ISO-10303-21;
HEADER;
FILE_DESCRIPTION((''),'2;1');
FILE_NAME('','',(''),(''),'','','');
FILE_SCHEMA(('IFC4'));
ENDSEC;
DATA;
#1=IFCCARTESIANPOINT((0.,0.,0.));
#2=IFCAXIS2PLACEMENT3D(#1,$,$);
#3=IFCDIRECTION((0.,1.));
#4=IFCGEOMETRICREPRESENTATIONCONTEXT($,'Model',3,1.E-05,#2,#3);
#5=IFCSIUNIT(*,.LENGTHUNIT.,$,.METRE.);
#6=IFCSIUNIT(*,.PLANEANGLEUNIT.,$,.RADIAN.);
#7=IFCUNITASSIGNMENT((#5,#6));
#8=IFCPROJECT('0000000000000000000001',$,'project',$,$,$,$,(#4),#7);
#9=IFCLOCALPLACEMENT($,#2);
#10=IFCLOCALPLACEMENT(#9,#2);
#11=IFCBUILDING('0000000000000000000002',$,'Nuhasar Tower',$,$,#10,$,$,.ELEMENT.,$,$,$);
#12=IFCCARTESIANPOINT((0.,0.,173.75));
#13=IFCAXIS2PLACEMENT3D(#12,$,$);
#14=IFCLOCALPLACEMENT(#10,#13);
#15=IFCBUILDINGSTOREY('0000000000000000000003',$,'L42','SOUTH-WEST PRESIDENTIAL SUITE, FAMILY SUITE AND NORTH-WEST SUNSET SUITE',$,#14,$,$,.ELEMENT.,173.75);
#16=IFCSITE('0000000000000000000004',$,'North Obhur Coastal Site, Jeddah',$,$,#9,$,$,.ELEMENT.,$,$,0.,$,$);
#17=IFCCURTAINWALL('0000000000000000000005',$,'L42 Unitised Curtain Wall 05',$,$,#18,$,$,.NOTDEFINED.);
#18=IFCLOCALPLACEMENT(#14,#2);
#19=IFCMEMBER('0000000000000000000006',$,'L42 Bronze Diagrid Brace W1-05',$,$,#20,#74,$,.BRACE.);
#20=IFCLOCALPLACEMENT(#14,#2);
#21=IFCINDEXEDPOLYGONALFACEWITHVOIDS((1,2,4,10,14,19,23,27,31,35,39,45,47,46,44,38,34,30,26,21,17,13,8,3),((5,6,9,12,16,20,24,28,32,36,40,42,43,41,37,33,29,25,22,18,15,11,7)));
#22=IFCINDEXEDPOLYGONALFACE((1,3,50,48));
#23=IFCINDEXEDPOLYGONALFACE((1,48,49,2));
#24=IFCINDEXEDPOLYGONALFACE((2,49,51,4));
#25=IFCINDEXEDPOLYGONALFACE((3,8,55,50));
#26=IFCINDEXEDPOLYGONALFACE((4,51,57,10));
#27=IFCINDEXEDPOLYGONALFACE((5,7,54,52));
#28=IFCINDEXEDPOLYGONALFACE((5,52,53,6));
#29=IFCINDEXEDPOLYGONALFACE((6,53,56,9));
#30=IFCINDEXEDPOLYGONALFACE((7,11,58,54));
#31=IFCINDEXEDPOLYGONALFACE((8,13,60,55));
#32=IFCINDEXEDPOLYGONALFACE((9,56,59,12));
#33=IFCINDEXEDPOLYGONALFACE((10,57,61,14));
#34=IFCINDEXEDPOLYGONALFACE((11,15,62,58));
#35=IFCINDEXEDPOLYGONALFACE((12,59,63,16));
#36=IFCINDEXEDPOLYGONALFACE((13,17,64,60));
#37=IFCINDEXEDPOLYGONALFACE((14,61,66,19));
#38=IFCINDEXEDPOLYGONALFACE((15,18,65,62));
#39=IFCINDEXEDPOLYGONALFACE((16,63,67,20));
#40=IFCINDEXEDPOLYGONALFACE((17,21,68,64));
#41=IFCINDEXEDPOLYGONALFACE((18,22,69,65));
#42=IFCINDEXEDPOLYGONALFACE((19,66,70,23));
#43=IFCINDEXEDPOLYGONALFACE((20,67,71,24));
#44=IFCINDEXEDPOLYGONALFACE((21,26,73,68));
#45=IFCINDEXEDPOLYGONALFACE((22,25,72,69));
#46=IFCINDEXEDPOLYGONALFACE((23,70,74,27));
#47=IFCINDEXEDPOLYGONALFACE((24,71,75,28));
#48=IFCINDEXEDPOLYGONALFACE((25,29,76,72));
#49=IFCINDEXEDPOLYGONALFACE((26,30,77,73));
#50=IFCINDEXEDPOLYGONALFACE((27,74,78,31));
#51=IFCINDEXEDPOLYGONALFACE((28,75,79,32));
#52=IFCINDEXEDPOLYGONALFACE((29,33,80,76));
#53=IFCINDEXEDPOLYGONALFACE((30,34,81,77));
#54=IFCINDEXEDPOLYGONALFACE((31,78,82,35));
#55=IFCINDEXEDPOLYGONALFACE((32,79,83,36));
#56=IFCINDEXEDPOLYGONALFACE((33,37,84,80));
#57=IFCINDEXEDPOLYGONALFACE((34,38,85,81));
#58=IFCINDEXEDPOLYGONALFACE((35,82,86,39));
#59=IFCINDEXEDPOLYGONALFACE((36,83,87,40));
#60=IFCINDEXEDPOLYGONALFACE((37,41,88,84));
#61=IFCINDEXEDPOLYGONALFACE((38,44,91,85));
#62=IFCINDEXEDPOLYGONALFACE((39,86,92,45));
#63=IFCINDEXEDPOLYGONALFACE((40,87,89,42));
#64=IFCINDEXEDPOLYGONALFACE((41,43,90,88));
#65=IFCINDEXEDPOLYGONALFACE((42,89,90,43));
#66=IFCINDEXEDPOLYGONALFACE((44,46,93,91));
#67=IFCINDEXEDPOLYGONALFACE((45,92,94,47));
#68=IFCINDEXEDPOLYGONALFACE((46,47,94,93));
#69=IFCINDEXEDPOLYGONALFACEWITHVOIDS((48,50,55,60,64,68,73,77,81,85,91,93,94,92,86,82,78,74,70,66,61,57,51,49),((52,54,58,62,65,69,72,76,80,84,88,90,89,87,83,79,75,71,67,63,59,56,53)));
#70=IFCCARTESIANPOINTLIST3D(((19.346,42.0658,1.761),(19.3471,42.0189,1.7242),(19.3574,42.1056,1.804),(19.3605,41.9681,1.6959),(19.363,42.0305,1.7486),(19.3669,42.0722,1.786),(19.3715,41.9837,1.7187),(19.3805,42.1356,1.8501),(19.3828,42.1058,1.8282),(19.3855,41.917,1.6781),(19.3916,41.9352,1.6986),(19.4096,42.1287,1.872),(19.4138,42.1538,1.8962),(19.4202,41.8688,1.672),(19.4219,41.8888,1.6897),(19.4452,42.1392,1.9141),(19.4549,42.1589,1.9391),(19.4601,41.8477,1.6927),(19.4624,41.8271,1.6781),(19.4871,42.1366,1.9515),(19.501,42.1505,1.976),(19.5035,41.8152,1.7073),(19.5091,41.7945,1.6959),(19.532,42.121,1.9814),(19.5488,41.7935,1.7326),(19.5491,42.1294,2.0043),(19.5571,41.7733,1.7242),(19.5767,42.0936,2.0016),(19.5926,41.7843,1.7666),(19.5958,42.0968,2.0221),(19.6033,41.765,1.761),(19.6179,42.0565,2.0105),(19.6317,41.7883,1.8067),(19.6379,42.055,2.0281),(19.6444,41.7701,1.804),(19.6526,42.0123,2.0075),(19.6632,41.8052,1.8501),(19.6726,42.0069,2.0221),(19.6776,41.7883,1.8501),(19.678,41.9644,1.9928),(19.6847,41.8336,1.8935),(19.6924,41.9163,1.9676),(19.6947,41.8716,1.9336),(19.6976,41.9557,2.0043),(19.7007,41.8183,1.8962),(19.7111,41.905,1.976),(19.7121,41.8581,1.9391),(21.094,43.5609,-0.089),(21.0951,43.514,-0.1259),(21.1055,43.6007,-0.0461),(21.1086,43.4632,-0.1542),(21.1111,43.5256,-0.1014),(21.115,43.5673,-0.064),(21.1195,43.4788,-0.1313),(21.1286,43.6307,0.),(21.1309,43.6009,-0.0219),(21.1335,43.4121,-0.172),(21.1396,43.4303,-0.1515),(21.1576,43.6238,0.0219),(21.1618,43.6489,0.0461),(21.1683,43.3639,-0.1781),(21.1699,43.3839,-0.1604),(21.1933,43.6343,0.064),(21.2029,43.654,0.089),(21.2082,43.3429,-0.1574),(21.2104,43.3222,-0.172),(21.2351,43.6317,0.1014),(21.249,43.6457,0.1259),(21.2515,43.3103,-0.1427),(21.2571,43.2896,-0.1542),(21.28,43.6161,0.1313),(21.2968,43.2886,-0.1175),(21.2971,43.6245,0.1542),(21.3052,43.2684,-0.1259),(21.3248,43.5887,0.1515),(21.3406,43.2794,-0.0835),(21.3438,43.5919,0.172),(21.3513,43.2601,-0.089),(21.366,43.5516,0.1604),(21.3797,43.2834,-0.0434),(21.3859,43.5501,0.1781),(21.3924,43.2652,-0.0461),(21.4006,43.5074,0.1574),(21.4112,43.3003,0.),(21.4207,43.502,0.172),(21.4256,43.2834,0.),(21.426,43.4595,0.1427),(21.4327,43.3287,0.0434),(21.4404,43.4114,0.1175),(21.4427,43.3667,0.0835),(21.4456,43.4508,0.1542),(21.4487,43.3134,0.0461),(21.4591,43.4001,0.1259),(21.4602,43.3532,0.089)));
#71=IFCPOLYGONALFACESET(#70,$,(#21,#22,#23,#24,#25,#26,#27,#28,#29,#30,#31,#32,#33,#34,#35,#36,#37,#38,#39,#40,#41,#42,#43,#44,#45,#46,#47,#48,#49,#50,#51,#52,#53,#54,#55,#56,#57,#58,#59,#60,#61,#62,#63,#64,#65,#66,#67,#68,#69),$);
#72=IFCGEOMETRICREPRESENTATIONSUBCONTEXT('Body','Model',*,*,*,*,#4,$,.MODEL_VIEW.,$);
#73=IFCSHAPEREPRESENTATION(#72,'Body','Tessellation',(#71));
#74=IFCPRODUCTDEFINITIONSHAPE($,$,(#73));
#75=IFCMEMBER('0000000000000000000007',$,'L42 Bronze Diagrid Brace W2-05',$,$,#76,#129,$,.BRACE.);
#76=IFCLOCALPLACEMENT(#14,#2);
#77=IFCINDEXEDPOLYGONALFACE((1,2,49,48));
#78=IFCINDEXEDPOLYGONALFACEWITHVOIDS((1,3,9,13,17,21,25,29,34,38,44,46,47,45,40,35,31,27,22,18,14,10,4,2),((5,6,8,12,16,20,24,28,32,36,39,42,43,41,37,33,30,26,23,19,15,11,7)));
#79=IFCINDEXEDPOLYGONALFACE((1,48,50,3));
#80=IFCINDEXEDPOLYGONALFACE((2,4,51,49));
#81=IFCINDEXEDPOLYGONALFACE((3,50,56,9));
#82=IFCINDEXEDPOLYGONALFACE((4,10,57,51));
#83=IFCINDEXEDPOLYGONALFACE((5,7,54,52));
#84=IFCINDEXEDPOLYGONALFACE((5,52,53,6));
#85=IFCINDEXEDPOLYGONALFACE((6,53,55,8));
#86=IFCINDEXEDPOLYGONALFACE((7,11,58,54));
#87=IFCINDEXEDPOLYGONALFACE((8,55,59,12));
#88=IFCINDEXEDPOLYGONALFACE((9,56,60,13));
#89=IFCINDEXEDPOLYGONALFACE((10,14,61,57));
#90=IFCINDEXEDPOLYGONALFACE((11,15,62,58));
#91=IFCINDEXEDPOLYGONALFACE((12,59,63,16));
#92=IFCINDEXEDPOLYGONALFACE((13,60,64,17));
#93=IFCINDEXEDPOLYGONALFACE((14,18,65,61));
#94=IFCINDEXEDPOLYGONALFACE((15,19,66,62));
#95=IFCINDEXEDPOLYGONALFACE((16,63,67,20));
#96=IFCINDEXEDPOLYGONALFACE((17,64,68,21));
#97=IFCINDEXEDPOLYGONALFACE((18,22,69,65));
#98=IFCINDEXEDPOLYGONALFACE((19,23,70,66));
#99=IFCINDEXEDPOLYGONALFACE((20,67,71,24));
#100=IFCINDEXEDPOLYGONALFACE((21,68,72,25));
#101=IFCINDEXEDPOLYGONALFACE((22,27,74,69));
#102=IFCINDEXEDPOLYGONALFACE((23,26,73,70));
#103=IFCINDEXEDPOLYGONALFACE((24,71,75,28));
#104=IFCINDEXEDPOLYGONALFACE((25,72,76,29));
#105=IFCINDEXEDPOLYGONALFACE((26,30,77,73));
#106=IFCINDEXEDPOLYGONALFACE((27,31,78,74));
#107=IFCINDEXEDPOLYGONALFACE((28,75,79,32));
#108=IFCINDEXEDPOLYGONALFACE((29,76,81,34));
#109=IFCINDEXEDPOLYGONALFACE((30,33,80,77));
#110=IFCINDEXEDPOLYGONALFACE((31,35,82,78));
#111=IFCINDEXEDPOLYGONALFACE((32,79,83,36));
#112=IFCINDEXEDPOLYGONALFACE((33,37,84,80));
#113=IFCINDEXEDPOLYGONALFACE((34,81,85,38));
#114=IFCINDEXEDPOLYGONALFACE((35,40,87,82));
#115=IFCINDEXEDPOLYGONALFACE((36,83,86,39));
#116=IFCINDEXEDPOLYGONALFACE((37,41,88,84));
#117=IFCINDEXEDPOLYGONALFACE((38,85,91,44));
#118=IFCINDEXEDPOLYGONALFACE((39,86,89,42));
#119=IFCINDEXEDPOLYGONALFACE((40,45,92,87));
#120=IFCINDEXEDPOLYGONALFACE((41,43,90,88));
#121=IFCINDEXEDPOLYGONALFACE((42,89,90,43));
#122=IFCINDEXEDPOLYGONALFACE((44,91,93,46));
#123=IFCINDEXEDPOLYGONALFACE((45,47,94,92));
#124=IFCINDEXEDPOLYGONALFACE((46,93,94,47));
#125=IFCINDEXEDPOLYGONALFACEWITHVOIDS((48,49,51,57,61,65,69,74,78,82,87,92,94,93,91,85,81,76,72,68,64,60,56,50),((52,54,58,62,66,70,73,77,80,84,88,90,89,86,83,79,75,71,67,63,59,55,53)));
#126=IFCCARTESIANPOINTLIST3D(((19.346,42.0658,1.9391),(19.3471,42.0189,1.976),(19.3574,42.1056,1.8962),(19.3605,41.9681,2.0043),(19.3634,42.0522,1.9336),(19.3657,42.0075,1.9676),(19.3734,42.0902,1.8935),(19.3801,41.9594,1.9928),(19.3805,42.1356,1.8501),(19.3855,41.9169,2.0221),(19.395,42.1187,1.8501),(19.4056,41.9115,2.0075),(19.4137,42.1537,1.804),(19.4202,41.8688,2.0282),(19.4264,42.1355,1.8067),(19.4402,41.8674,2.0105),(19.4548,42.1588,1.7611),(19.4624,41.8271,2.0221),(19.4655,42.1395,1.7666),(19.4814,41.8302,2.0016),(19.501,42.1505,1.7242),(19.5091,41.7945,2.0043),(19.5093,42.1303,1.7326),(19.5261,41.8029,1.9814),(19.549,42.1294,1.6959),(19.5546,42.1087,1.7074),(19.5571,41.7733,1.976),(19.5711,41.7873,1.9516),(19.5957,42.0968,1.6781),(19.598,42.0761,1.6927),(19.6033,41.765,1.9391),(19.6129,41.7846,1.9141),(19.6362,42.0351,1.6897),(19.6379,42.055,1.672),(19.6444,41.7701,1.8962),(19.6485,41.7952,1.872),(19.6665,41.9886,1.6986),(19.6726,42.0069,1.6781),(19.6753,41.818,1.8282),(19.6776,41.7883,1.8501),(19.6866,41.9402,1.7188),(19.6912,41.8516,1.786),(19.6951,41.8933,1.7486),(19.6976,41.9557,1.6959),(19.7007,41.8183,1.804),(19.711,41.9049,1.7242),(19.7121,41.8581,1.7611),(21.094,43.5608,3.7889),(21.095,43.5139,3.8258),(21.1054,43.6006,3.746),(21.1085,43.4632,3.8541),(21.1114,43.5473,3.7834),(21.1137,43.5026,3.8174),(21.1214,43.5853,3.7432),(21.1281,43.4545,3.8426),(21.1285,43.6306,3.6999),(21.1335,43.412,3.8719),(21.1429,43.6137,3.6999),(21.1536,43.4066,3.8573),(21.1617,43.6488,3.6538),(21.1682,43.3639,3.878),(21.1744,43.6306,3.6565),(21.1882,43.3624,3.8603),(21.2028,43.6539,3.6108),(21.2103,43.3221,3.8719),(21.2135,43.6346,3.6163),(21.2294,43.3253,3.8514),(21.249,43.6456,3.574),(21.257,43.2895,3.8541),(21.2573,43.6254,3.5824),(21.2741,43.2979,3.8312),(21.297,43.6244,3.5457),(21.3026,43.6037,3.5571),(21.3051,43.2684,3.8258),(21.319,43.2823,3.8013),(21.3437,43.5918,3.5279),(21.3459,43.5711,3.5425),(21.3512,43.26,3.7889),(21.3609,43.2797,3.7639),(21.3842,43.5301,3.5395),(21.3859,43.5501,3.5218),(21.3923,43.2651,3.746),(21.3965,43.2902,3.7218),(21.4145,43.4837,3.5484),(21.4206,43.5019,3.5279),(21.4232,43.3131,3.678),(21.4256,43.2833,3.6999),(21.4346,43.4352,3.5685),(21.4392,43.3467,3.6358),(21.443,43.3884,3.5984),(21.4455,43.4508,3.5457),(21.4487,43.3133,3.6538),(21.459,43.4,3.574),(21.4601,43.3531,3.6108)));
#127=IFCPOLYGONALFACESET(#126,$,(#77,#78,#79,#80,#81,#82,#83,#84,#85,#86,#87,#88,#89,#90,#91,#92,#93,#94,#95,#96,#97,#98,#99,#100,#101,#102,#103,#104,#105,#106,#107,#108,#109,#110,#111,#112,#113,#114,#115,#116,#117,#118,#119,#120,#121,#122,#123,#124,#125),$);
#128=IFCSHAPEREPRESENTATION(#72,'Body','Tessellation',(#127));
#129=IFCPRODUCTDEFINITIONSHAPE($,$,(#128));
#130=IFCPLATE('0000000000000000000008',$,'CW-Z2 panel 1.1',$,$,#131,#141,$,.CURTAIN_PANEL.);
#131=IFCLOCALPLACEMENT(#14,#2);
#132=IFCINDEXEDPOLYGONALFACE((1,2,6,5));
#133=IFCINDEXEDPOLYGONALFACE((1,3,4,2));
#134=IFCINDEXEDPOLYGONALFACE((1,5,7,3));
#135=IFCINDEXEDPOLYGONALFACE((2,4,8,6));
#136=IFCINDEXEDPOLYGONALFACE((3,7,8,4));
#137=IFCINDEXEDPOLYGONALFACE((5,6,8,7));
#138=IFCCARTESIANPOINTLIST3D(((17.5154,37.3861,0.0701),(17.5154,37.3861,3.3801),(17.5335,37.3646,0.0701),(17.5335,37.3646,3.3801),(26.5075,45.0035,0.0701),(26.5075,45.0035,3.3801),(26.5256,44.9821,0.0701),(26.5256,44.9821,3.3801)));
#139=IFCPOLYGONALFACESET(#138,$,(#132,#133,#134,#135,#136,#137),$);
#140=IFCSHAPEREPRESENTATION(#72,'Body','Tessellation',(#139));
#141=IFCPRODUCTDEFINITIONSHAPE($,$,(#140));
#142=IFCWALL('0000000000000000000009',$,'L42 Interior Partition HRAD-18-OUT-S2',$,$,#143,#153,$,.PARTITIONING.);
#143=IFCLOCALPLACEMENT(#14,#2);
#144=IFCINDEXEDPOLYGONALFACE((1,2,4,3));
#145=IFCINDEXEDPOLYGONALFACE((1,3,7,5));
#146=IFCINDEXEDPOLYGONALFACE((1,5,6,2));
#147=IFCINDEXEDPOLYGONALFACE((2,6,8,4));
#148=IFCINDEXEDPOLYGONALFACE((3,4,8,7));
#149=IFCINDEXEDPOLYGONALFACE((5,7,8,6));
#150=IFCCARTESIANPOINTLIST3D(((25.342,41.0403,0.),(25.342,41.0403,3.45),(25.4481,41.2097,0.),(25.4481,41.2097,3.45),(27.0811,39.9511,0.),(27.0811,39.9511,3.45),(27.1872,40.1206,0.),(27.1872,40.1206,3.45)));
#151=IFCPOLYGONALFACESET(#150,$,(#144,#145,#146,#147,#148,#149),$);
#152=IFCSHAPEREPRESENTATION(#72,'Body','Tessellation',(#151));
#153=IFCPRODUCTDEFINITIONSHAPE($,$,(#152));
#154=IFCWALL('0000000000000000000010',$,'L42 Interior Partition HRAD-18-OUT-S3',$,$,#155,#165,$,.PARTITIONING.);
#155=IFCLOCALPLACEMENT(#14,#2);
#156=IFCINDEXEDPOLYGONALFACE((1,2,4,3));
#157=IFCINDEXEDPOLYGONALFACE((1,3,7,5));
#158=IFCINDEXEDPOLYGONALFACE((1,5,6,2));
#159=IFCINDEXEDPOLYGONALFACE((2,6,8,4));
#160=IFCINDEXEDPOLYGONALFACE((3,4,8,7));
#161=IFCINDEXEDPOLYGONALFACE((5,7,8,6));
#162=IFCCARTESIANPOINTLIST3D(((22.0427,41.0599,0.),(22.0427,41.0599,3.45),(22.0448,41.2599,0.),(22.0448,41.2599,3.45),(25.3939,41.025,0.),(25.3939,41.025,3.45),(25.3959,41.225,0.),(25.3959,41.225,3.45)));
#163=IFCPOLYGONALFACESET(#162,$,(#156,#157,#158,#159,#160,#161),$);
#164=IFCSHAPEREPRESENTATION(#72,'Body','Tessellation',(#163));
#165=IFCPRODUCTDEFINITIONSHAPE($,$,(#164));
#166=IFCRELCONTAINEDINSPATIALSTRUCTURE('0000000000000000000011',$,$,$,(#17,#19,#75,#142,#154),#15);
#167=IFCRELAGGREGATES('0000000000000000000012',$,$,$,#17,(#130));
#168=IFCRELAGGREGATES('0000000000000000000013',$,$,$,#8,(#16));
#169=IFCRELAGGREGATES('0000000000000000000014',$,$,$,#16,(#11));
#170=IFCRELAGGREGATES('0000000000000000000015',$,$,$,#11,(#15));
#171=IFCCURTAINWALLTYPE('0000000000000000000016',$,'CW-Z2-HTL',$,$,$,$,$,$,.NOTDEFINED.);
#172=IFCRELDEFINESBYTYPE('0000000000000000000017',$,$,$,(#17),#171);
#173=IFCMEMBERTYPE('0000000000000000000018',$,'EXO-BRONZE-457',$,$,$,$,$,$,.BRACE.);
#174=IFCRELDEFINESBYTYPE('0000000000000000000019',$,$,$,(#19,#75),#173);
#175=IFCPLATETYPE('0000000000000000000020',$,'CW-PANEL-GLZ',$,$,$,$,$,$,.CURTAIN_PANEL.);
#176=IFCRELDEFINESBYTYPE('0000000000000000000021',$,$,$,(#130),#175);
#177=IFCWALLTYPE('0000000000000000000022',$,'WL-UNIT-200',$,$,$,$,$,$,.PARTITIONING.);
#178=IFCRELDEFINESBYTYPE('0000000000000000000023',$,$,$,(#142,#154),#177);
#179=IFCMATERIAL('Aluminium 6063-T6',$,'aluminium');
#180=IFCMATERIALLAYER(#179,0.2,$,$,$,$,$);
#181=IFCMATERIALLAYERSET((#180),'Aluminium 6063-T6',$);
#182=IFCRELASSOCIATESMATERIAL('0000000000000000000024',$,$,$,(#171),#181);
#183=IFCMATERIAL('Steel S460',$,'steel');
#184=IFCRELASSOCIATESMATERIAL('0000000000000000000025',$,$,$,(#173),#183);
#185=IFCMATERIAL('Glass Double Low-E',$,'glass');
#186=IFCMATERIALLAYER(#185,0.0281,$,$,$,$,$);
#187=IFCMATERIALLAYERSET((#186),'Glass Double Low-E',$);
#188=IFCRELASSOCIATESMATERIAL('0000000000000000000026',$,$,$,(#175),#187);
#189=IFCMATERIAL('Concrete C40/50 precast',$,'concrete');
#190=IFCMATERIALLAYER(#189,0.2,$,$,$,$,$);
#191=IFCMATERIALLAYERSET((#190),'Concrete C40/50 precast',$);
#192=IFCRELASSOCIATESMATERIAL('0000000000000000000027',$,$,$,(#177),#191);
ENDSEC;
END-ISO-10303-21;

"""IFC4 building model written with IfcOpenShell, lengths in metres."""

from ifc_helpers import new_model, si_unit, direction, frame, frame_2d, origin, origin_2d, place, context, subcontext, project, spatial, rectangle, hollow_circle, extrude, material, layer, layer_set, material_profile, profile_set, type_object, element, aggregate, save


model = new_model("IFC4")

# Units and contexts
model_context = context("Model", 3, precision=1e-05, world=origin(), true_north=direction((0.0, 1.0)))
body_context = subcontext(model_context, "Body", "Model", "MODEL_VIEW")
ifc_project = project(units=[si_unit("LENGTHUNIT", "METRE"), si_unit("PLANEANGLEUNIT", "RADIAN")], contexts=[model_context])

# Site, building, storey
site_placement = place(None, origin())
site = spatial("IfcSite", under=ifc_project, at=site_placement, Name="North Obhur Coastal Site, Jeddah", CompositionType="ELEMENT", RefElevation=0.0)
building_placement = place(site_placement, origin())
building = spatial("IfcBuilding", under=site, at=building_placement, Name="Nuhasar Tower", CompositionType="ELEMENT")
storey_placement = place(building_placement, frame((0.0, 0.0, 173.75)))
storey = spatial("IfcBuildingStorey", under=building, at=storey_placement, Name="L42", Description="SOUTH-WEST PRESIDENTIAL SUITE, FAMILY SUITE AND NORTH-WEST SUNSET SUITE", CompositionType="ELEMENT", Elevation=173.75)

# Shared definitions
ifc_material_1 = material(Name="Aluminium 6063-T6", Category="aluminium")
ifc_layer_1 = layer(ifc_material_1, 0.2)
ifc_layer_set_1 = layer_set([ifc_layer_1], Name="Aluminium 6063-T6")
curtain_wall_type = type_object("IfcCurtainWallType", Name="CW-Z2-HTL", PredefinedType="NOTDEFINED", material=ifc_layer_set_1)

# Curtain wall
curtain_wall_1_placement = place(storey_placement, origin())
curtain_wall_1 = element("IfcCurtainWall", 1, at=curtain_wall_1_placement, inside=storey, type_object=curtain_wall_type, Name="L42 Unitised Curtain Wall 05", PredefinedType="NOTDEFINED")

# Members
ifc_material_2 = material(Name="Steel S460", Category="steel")
ifc_material_profile_1 = material_profile(ifc_material_2, hollow_circle(Radius=0.2285, WallThickness=0.0222, at=origin_2d()), Name="HSS457X22.2")
ifc_profile_set_1 = profile_set([ifc_material_profile_1], Name="Steel S460")
member_type_1 = type_object("IfcMemberType", Name="EXO-BRONZE-457", PredefinedType="BRACE", material=ifc_profile_set_1)
member_1_placement = place(storey_placement, frame((21.2771, 43.457, 0.0), z_axis=(-0.59217, -0.506488, 0.626741), x_axis=(0.649987, -0.759945, 0.0)))
element("IfcMember", 2, at=member_1_placement, inside=storey, type_object=member_type_1, Name="L42 Bronze Diagrid Brace W1-05", PredefinedType="BRACE", context=body_context, shape_type="SweptSolid", body=[
    extrude(hollow_circle(Radius=0.2285, WallThickness=0.0222, at=origin_2d()), origin(), (0.0, 0.0, 1.0), 2.9519),
])
member_2_placement = place(storey_placement, frame((19.5291, 41.9619, 1.8501), z_axis=(0.592201, 0.506514, 0.626691), x_axis=(-0.649987, 0.759945, 0.0)))
element("IfcMember", 3, at=member_2_placement, inside=storey, type_object=member_type_1, Name="L42 Bronze Diagrid Brace W2-05", PredefinedType="BRACE", context=body_context, shape_type="SweptSolid", body=[
    extrude(hollow_circle(Radius=0.2285, WallThickness=0.0222, at=origin_2d()), origin(), (0.0, 0.0, 1.0), 2.9517),
])

# Plate
ifc_material_3 = material(Name="Glass Double Low-E", Category="glass")
ifc_layer_2 = layer(ifc_material_3, 0.0281)
ifc_layer_set_2 = layer_set([ifc_layer_2], Name="Glass Double Low-E")
plate_type = type_object("IfcPlateType", Name="CW-PANEL-GLZ", PredefinedType="CURTAIN_PANEL", material=ifc_layer_set_2)
plate_placement = place(storey_placement, frame((22.0205, 41.1841, 0.0701), z_axis=(0.0, 0.0, 1.0), x_axis=(-0.76302, -0.646374, 0.0)))
plate = element("IfcPlate", 4, at=plate_placement, type_object=plate_type, Name="CW-Z2 panel 1.1", PredefinedType="CURTAIN_PANEL", context=body_context, shape_type="SweptSolid", body=[
    extrude(rectangle(XDim=11.7849, YDim=0.0281, at=origin_2d()), origin(), (0.0, 0.0, 1.0), 3.3101),
])
aggregate(curtain_wall_1, [plate])

# Walls
ifc_material_4 = material(Name="Concrete C40/50 precast", Category="concrete")
ifc_layer_3 = layer(ifc_material_4, 0.2)
ifc_layer_set_3 = layer_set([ifc_layer_3], Name="Concrete C40/50 precast")
wall_type = type_object("IfcWallType", Name="WL-UNIT-200", PredefinedType="PARTITIONING", material=ifc_layer_set_3)
wall_1_placement = place(storey_placement, frame((27.134, 40.0359, 0.0), z_axis=(0.0, 0.0, 1.0), x_axis=(-0.84751, 0.530779, 0.0)))
element("IfcWall", 5, at=wall_1_placement, inside=storey, type_object=wall_type, Name="L42 Interior Partition HRAD-18-OUT-S2", PredefinedType="PARTITIONING", context=body_context, shape_type="SweptSolid", body=[
    extrude(rectangle(XDim=2.052, YDim=0.2, at=frame_2d((1.0259, 0.0))), origin(), (0.0, 0.0, 1.0), 3.45),
])
wall_2_placement = place(storey_placement, frame((25.395, 41.125, 0.0), z_axis=(0.0, 0.0, 1.0), x_axis=(-0.999946, 0.010418, 0.0)))
element("IfcWall", 6, at=wall_2_placement, inside=storey, type_object=wall_type, Name="L42 Interior Partition HRAD-18-OUT-S3", PredefinedType="PARTITIONING", context=body_context, shape_type="SweptSolid", body=[
    extrude(rectangle(XDim=3.3513, YDim=0.2, at=frame_2d((1.6758, 0.0))), origin(), (0.0, 0.0, 1.0), 3.45),
])

save(model, "model.ifc")
